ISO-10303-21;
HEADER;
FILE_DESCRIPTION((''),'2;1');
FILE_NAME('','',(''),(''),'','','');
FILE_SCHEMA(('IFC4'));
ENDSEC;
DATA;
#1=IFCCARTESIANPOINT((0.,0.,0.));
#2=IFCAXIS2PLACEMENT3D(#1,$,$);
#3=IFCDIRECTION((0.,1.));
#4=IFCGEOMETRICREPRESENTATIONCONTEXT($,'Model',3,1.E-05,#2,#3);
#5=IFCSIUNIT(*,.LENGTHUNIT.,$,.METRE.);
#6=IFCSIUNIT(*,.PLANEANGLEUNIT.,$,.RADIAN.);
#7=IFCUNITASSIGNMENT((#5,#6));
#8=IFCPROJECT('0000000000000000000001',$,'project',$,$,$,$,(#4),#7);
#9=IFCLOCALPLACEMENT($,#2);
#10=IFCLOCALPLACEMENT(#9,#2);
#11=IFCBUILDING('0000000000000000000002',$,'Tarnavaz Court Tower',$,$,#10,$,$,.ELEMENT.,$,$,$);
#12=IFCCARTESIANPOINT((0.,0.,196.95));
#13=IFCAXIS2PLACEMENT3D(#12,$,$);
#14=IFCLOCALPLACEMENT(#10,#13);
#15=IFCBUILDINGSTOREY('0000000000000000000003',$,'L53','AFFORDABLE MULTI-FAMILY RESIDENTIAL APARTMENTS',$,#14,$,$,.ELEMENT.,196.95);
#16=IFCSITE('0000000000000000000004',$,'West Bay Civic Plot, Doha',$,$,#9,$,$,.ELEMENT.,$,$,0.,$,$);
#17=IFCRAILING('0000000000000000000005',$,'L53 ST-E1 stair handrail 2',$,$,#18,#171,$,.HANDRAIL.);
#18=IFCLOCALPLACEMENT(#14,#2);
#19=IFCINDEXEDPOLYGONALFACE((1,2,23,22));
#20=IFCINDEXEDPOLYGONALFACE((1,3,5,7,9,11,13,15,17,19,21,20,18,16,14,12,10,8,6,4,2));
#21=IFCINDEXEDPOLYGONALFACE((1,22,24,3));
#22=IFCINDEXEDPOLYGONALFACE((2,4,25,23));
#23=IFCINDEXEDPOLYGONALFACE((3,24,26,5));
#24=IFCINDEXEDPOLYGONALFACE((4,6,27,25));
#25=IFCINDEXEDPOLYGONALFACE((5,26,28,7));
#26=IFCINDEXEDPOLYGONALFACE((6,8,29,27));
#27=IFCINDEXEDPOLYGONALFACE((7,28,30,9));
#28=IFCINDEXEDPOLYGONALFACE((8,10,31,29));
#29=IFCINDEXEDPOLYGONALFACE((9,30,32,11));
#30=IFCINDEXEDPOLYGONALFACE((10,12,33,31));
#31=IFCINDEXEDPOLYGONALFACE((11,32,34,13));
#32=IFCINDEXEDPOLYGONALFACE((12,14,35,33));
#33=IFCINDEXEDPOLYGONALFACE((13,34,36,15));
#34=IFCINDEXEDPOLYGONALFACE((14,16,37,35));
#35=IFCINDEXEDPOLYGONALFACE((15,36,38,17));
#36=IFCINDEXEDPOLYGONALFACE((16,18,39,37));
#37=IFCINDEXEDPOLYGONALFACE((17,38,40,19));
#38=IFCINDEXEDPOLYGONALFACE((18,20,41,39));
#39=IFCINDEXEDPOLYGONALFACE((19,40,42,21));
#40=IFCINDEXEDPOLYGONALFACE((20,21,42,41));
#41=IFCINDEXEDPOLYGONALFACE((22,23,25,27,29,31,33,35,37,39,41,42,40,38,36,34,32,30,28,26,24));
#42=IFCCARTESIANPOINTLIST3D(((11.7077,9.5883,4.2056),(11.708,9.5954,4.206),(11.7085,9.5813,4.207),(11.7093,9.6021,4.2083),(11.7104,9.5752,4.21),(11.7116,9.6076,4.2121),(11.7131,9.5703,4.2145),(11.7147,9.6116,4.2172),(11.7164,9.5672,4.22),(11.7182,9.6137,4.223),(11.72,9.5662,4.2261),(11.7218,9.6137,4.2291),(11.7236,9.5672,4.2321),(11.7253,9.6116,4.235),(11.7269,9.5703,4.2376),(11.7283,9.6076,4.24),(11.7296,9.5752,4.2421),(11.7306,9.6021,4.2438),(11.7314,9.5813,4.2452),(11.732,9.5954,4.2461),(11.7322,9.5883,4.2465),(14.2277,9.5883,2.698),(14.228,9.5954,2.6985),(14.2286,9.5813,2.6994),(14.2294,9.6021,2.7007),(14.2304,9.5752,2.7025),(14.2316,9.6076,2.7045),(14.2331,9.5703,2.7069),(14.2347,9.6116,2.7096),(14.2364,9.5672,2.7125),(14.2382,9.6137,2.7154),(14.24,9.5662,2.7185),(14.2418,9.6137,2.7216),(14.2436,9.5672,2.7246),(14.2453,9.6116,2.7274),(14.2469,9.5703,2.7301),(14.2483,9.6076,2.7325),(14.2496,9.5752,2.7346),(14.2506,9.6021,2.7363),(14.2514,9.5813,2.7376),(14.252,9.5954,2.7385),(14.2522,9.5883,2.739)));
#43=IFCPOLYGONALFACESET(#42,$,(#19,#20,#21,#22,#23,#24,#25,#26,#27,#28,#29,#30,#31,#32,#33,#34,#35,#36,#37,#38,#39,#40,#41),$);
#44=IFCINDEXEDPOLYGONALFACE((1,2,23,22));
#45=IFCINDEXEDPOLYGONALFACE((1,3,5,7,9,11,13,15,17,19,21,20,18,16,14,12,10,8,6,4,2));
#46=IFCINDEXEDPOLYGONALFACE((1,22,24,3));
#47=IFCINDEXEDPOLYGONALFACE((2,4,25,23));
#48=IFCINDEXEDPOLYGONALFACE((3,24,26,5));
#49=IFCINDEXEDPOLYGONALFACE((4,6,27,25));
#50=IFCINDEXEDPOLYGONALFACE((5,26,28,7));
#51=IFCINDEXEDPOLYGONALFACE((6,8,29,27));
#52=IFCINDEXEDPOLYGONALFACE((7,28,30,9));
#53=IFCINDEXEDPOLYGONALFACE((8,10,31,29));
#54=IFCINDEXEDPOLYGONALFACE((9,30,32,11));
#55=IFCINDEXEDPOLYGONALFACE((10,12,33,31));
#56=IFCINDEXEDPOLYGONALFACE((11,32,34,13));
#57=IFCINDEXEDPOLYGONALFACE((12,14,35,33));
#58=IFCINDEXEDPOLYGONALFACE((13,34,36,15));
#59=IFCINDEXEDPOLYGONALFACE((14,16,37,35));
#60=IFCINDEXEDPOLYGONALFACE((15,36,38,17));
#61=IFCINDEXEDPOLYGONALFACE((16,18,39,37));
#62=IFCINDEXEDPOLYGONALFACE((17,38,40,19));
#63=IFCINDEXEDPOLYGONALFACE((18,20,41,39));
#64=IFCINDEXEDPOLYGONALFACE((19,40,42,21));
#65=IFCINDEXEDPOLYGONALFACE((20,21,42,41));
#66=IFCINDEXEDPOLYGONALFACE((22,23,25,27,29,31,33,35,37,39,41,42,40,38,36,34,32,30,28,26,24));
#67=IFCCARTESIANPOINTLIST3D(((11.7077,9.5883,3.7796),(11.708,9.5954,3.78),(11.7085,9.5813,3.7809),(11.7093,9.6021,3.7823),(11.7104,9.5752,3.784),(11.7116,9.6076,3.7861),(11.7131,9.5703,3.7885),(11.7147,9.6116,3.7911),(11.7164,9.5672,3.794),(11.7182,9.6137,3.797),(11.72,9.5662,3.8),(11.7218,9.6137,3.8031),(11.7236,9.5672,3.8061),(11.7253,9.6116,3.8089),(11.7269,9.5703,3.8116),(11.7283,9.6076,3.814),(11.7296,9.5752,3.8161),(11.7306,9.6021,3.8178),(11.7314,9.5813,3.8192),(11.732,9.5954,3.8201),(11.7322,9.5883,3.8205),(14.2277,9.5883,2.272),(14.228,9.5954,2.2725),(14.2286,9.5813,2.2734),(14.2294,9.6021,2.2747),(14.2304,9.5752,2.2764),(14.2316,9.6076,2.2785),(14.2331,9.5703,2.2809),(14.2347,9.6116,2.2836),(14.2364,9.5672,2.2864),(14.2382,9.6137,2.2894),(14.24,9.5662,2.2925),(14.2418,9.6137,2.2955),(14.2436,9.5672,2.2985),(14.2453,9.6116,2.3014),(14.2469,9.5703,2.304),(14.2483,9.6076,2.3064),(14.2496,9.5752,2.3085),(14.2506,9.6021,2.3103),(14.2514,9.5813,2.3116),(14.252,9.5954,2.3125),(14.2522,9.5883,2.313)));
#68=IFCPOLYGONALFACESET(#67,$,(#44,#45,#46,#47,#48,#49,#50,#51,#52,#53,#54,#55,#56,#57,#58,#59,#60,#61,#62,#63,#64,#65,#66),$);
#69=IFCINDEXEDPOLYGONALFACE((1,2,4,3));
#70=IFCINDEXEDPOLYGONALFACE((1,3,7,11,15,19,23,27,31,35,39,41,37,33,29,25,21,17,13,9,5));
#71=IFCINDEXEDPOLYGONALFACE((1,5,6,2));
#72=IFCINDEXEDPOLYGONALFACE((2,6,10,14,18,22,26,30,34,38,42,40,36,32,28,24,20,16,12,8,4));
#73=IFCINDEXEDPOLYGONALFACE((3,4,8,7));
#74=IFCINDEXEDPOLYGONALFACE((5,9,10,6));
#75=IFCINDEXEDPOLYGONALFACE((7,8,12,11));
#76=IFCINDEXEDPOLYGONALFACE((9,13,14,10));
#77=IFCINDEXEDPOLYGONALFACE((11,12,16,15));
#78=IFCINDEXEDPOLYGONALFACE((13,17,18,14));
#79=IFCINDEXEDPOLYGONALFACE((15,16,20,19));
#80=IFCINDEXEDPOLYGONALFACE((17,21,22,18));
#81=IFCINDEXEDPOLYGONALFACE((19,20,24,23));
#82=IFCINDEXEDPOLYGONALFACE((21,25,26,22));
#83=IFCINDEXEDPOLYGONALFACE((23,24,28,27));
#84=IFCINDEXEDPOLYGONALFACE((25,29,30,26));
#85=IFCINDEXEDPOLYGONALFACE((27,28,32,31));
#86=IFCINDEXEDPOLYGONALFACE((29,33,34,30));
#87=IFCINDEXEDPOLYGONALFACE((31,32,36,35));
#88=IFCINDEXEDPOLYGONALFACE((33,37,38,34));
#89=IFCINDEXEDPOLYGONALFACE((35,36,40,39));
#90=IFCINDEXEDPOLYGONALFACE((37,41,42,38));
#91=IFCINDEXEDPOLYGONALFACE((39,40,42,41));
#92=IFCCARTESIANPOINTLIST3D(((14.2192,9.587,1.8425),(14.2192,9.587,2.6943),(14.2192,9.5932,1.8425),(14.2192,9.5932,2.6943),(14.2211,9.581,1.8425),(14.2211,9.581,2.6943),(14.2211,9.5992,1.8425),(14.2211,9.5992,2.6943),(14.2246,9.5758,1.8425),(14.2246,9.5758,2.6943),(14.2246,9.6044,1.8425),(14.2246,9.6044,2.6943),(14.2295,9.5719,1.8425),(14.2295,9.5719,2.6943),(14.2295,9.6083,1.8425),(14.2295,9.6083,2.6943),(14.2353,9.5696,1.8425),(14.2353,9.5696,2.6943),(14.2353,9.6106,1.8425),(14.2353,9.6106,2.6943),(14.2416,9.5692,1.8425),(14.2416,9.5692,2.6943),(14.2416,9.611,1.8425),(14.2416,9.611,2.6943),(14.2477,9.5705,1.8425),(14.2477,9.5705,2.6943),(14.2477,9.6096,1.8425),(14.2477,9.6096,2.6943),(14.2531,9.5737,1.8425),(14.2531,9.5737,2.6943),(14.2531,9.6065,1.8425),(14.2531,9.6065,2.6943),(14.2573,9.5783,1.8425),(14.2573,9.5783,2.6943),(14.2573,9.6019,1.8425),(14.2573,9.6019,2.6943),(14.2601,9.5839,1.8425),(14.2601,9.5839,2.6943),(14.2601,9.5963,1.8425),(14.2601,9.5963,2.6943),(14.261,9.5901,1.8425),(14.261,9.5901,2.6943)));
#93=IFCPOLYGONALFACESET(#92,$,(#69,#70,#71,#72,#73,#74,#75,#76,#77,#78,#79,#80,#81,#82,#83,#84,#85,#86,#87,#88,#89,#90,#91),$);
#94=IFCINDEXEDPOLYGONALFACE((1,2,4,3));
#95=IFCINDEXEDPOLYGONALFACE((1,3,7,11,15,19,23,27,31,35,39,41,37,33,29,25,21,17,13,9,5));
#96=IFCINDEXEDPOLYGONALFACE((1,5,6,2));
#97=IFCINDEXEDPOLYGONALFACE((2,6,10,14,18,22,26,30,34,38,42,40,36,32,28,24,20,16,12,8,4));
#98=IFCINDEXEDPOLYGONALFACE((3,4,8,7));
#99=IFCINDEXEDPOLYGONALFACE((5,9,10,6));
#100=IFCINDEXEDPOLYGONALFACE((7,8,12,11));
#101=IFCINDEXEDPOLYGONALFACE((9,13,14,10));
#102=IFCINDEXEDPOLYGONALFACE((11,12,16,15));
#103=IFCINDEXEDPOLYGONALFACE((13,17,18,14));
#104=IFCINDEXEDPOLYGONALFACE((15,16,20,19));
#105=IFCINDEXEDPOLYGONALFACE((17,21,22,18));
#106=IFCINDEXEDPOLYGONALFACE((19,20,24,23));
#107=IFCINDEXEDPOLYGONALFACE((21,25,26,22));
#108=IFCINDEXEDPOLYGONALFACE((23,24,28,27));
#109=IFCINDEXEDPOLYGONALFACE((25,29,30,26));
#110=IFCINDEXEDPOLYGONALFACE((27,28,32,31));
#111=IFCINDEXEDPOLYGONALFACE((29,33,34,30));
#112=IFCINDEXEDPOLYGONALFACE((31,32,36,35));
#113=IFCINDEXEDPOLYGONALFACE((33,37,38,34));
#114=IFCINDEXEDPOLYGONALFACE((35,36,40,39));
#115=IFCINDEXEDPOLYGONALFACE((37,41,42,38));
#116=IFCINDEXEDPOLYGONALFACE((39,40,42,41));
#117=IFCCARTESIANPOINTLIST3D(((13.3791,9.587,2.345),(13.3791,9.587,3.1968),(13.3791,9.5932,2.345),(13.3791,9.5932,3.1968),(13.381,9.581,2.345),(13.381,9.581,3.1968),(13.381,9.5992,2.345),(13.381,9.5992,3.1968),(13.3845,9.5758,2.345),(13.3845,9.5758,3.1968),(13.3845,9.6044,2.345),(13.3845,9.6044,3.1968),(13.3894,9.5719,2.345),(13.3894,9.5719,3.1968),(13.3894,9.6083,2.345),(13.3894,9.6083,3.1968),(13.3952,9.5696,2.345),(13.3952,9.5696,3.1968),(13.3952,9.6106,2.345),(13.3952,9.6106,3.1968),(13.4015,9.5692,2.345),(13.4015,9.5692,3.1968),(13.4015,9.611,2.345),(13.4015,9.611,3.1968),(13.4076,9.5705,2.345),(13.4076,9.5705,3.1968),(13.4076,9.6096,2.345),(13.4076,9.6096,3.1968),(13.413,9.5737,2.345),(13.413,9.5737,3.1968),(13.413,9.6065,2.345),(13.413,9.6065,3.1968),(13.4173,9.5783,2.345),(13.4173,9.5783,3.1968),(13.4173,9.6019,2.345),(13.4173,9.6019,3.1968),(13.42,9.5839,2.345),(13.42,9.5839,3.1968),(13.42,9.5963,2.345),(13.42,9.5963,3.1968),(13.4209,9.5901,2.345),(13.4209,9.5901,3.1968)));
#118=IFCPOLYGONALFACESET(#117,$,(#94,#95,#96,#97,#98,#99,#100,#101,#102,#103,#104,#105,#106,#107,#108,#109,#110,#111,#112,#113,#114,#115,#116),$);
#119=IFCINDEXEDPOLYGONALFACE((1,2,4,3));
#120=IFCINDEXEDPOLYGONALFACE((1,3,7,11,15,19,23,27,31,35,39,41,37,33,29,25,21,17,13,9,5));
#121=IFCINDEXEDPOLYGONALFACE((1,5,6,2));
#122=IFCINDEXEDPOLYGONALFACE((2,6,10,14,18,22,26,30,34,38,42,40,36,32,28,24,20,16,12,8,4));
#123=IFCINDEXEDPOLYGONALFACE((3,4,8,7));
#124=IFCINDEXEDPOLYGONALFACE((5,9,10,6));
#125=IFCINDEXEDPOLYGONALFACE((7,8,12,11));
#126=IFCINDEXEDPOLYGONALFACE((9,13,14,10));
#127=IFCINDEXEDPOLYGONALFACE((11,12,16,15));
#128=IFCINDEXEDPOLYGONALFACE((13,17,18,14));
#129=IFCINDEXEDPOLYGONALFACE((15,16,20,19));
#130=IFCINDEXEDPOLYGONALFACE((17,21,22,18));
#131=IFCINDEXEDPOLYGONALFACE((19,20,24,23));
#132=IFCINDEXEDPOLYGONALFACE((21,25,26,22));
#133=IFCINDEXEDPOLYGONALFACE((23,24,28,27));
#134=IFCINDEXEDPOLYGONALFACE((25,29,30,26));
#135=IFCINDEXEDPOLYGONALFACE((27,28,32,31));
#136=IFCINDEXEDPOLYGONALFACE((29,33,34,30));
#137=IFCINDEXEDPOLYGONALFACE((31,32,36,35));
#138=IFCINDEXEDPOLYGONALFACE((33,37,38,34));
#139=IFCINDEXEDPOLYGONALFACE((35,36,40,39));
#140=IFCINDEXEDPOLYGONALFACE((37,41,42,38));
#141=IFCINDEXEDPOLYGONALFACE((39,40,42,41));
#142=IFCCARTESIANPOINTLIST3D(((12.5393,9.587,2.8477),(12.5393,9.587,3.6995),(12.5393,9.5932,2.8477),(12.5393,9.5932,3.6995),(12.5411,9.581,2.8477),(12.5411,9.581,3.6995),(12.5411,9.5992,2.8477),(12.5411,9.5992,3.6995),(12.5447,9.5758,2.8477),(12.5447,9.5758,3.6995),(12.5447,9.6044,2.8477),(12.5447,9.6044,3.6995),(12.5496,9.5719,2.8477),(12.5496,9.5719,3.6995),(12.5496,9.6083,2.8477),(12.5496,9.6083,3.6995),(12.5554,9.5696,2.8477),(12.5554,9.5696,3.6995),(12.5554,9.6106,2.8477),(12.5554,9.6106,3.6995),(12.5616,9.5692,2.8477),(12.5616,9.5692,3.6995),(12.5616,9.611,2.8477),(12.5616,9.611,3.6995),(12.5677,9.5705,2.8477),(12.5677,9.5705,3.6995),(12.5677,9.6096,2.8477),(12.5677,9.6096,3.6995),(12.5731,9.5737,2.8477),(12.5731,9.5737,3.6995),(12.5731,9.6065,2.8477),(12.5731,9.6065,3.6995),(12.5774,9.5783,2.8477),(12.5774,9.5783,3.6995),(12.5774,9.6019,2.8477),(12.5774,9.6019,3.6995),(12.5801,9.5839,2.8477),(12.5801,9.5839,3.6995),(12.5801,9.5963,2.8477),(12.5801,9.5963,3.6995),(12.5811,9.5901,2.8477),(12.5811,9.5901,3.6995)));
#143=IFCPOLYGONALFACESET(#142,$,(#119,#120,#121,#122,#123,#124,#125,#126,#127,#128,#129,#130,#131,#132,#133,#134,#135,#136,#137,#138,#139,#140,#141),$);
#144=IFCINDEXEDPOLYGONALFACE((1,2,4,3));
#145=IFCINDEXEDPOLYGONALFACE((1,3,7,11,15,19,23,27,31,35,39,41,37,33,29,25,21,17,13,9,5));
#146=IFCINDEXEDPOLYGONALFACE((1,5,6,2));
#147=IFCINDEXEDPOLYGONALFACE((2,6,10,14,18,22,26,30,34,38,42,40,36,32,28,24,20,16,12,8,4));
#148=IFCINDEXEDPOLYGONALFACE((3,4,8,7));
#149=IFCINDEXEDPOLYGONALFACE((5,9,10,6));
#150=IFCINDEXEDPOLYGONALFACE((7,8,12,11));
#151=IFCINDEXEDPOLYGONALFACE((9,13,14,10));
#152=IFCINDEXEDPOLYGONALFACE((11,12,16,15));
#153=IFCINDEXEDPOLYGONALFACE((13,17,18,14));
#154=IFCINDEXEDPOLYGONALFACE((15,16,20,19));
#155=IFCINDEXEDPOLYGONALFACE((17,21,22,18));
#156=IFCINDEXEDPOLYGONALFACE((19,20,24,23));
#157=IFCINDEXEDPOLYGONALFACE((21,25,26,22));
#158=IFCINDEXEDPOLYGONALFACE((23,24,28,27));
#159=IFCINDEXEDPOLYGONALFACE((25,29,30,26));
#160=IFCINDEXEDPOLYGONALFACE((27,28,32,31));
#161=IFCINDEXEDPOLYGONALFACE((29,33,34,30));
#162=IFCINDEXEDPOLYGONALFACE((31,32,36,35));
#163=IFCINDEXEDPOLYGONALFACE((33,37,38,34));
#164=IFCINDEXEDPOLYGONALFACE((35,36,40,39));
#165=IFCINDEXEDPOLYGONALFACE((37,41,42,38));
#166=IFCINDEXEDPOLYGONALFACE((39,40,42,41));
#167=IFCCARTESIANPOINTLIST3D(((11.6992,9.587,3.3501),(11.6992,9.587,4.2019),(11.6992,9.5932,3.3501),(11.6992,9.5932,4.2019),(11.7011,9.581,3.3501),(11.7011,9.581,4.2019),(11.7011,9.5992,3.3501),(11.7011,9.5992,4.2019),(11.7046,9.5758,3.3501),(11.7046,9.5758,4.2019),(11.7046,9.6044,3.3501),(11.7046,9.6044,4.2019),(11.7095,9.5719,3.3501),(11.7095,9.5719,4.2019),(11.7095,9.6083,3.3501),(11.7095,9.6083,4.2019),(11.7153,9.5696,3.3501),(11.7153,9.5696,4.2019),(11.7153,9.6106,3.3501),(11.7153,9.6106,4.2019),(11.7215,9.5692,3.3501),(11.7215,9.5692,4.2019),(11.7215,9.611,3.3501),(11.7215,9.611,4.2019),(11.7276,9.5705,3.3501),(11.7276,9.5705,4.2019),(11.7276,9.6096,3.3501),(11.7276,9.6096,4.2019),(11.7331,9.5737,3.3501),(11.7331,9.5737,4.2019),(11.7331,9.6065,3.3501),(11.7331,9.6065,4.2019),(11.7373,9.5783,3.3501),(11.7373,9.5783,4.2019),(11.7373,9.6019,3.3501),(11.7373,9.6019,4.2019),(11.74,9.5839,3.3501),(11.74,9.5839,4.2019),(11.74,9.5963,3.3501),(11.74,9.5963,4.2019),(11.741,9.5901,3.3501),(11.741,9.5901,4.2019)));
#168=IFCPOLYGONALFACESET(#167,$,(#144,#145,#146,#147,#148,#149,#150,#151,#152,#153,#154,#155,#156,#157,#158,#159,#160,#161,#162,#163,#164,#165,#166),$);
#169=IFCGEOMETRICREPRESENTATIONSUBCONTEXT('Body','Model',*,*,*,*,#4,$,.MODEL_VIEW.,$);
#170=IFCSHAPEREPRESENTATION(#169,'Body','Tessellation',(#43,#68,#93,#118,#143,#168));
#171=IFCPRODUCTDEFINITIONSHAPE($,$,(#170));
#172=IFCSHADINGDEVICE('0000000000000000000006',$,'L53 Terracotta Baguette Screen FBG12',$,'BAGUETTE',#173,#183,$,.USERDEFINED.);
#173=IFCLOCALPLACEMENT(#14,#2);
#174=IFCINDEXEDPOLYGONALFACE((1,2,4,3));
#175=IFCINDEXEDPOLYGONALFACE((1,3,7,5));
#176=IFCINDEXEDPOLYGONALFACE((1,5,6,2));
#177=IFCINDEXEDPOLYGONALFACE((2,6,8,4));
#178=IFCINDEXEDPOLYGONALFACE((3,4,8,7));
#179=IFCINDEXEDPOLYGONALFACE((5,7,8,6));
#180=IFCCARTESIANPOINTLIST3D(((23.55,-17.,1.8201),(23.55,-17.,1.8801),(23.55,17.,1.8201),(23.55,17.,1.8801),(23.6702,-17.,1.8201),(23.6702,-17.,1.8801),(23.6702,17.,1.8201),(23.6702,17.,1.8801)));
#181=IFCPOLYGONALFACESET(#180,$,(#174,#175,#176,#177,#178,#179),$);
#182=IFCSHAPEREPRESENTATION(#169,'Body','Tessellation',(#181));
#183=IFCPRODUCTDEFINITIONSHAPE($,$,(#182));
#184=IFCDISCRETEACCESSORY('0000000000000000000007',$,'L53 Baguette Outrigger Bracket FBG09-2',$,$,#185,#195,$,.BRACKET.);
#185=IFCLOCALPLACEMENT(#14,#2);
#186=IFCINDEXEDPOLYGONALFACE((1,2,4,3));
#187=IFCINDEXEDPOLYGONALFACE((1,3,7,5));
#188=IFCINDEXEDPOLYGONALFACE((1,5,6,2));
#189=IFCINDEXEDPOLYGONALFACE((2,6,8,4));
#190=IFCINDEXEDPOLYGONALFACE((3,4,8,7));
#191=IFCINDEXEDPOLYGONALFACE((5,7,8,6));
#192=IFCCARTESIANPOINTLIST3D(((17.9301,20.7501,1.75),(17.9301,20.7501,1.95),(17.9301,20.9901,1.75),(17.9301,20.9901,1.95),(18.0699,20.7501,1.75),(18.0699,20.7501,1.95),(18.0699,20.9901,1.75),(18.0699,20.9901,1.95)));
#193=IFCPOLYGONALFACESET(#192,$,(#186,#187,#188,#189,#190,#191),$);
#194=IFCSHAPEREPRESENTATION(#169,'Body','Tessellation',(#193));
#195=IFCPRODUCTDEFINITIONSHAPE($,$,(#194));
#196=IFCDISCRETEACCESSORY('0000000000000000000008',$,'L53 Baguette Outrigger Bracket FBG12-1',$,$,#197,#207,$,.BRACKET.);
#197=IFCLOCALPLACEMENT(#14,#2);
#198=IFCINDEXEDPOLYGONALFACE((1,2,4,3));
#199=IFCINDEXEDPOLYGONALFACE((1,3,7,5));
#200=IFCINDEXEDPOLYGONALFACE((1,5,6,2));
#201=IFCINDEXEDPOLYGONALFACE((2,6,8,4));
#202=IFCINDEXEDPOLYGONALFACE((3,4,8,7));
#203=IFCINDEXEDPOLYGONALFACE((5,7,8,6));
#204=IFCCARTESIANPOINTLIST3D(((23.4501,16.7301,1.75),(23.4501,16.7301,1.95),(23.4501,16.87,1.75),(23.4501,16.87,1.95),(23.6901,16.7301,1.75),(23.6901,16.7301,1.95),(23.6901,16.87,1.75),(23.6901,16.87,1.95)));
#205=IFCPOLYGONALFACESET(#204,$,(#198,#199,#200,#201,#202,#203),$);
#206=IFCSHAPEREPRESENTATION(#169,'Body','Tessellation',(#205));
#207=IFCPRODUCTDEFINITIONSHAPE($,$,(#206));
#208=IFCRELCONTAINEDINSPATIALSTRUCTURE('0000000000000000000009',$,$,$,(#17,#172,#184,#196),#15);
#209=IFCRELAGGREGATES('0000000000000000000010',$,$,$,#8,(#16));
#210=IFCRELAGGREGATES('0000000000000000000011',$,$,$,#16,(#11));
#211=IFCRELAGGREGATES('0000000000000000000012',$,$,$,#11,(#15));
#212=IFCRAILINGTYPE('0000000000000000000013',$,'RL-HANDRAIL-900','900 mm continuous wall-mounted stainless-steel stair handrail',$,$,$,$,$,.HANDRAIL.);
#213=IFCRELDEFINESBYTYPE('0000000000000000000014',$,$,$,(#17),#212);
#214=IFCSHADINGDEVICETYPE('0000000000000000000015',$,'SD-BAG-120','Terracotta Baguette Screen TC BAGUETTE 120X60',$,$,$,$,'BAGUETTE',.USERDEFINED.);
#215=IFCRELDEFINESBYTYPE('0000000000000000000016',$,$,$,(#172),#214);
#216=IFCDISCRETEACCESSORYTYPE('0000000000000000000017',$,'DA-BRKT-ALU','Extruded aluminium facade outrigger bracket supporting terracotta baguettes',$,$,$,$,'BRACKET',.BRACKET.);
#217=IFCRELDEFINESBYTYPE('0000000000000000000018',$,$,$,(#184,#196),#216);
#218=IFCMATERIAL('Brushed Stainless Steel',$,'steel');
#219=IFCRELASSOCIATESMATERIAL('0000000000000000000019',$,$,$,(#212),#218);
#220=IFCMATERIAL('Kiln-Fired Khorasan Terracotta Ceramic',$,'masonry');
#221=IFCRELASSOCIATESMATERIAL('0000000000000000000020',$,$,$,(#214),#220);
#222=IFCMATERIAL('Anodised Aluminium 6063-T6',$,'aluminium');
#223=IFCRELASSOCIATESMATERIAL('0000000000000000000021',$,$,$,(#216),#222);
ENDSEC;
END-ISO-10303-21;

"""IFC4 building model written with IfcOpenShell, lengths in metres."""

from ifc_helpers import new_model, si_unit, direction, frame, origin, origin_2d, place, context, subcontext, project, spatial, rectangle, circle, extrude, material, material_profile, profile_set, type_object, element, save


model = new_model("IFC4")

# Units and contexts
model_context = context("Model", 3, precision=1e-05, world=origin(), true_north=direction((0.0, 1.0)))
body_context = subcontext(model_context, "Body", "Model", "MODEL_VIEW")
ifc_project = project(units=[si_unit("LENGTHUNIT", "METRE"), si_unit("PLANEANGLEUNIT", "RADIAN")], contexts=[model_context])

# Site, building, storey
site_placement = place(None, origin())
site = spatial("IfcSite", under=ifc_project, at=site_placement, Name="West Bay Civic Plot, Doha", CompositionType="ELEMENT", RefElevation=0.0)
building_placement = place(site_placement, origin())
building = spatial("IfcBuilding", under=site, at=building_placement, Name="Tarnavaz Court Tower", CompositionType="ELEMENT")
storey_placement = place(building_placement, frame((0.0, 0.0, 196.95)))
storey = spatial("IfcBuildingStorey", under=building, at=storey_placement, Name="L53", Description="AFFORDABLE MULTI-FAMILY RESIDENTIAL APARTMENTS", CompositionType="ELEMENT", Elevation=196.95)

# Railing
ifc_material_1 = material(Name="Brushed Stainless Steel", Category="steel")
railing_type = type_object("IfcRailingType", Name="RL-HANDRAIL-900", Description="900 mm continuous wall-mounted stainless-steel stair handrail", PredefinedType="HANDRAIL", material=ifc_material_1)
railing_placement = place(storey_placement, frame((14.24, 9.5901, 1.8425)))
element("IfcRailing", 1, at=railing_placement, inside=storey, type_object=railing_type, Name="L53 ST-E1 stair handrail 2", PredefinedType="HANDRAIL", context=body_context, shape_type="SweptSolid", body=[
    extrude(circle(Radius=0.0239, at=origin_2d()), frame((0.0, 0.0, 0.876), z_axis=(-0.85816, 0.0, 0.513383), x_axis=(0.0, -1.0, 0.0)), (0.0, 0.0, 1.0), 2.9365),
    extrude(circle(Radius=0.0239, at=origin_2d()), frame((0.0, 0.0, 0.45), z_axis=(-0.85816, 0.0, 0.513383), x_axis=(0.0, -1.0, 0.0)), (0.0, 0.0, 1.0), 2.9365),
    extrude(circle(Radius=0.021, at=origin_2d()), origin(), (0.0, 0.0, 1.0), 0.8518),
    extrude(circle(Radius=0.021, at=origin_2d()), frame((-0.8401, 0.0, 0.5024)), (0.0, 0.0, 1.0), 0.8518),
    extrude(circle(Radius=0.021, at=origin_2d()), frame((-1.6799, 0.0, 1.0051)), (0.0, 0.0, 1.0), 0.8518),
    extrude(circle(Radius=0.021, at=origin_2d()), frame((-2.52, 0.0, 1.5076)), (0.0, 0.0, 1.0), 0.8518),
])

# Shading device
ifc_material_2 = material(Name="Kiln-Fired Khorasan Terracotta Ceramic", Category="masonry")
ifc_material_profile_1 = material_profile(ifc_material_2, rectangle(XDim=0.1201, YDim=0.0601, at=origin_2d()), Name="TC BAGUETTE 120X60")
ifc_profile_set_1 = profile_set([ifc_material_profile_1], Name="Kiln-Fired Khorasan Terracotta Ceramic")
shading_device_type = type_object("IfcShadingDeviceType", Name="SD-BAG-120", Description="Terracotta Baguette Screen TC BAGUETTE 120X60", ElementType="BAGUETTE", PredefinedType="USERDEFINED", material=ifc_profile_set_1)
shading_device_placement = place(storey_placement, frame((23.6101, 17.0, 1.8501), z_axis=(0.0, -1.0, 0.0), x_axis=(1.0, 0.0, 0.0)))
element("IfcShadingDevice", 2, at=shading_device_placement, inside=storey, type_object=shading_device_type, Name="L53 Terracotta Baguette Screen FBG12", ObjectType="BAGUETTE", PredefinedType="USERDEFINED", context=body_context, shape_type="SweptSolid", body=[
    extrude(rectangle(XDim=0.1201, YDim=0.0601, at=origin_2d()), origin(), (0.0, 0.0, 1.0), 34.0),
])

# Discrete accessories
ifc_material_3 = material(Name="Anodised Aluminium 6063-T6", Category="aluminium")
discrete_accessory_type = type_object("IfcDiscreteAccessoryType", Name="DA-BRKT-ALU", Description="Extruded aluminium facade outrigger bracket supporting terracotta baguettes", ElementType="BRACKET", PredefinedType="BRACKET", material=ifc_material_3)
for number, where, z_axis, x_axis, name in (
    (3, (18.0, 20.8701, 1.75), (0.0, 0.0, 1.0), (1.0, 0.0, 0.0), "L53 Baguette Outrigger Bracket FBG09-2"),
    (4, (23.5701, 16.8, 1.75), (0.0, 0.0, 1.0), (0.0, -1.0, 0.0), "L53 Baguette Outrigger Bracket FBG12-1"),
):
    element("IfcDiscreteAccessory", number, at=place(storey_placement, frame(where, z_axis=z_axis, x_axis=x_axis)), inside=storey, type_object=discrete_accessory_type, Name=name, PredefinedType="BRACKET", context=body_context, shape_type="SweptSolid", body=[
        extrude(rectangle(XDim=0.1399, YDim=0.24, at=origin_2d()), origin(), (0.0, 0.0, 1.0), 0.2),
    ])

save(model, "model.ifc")
